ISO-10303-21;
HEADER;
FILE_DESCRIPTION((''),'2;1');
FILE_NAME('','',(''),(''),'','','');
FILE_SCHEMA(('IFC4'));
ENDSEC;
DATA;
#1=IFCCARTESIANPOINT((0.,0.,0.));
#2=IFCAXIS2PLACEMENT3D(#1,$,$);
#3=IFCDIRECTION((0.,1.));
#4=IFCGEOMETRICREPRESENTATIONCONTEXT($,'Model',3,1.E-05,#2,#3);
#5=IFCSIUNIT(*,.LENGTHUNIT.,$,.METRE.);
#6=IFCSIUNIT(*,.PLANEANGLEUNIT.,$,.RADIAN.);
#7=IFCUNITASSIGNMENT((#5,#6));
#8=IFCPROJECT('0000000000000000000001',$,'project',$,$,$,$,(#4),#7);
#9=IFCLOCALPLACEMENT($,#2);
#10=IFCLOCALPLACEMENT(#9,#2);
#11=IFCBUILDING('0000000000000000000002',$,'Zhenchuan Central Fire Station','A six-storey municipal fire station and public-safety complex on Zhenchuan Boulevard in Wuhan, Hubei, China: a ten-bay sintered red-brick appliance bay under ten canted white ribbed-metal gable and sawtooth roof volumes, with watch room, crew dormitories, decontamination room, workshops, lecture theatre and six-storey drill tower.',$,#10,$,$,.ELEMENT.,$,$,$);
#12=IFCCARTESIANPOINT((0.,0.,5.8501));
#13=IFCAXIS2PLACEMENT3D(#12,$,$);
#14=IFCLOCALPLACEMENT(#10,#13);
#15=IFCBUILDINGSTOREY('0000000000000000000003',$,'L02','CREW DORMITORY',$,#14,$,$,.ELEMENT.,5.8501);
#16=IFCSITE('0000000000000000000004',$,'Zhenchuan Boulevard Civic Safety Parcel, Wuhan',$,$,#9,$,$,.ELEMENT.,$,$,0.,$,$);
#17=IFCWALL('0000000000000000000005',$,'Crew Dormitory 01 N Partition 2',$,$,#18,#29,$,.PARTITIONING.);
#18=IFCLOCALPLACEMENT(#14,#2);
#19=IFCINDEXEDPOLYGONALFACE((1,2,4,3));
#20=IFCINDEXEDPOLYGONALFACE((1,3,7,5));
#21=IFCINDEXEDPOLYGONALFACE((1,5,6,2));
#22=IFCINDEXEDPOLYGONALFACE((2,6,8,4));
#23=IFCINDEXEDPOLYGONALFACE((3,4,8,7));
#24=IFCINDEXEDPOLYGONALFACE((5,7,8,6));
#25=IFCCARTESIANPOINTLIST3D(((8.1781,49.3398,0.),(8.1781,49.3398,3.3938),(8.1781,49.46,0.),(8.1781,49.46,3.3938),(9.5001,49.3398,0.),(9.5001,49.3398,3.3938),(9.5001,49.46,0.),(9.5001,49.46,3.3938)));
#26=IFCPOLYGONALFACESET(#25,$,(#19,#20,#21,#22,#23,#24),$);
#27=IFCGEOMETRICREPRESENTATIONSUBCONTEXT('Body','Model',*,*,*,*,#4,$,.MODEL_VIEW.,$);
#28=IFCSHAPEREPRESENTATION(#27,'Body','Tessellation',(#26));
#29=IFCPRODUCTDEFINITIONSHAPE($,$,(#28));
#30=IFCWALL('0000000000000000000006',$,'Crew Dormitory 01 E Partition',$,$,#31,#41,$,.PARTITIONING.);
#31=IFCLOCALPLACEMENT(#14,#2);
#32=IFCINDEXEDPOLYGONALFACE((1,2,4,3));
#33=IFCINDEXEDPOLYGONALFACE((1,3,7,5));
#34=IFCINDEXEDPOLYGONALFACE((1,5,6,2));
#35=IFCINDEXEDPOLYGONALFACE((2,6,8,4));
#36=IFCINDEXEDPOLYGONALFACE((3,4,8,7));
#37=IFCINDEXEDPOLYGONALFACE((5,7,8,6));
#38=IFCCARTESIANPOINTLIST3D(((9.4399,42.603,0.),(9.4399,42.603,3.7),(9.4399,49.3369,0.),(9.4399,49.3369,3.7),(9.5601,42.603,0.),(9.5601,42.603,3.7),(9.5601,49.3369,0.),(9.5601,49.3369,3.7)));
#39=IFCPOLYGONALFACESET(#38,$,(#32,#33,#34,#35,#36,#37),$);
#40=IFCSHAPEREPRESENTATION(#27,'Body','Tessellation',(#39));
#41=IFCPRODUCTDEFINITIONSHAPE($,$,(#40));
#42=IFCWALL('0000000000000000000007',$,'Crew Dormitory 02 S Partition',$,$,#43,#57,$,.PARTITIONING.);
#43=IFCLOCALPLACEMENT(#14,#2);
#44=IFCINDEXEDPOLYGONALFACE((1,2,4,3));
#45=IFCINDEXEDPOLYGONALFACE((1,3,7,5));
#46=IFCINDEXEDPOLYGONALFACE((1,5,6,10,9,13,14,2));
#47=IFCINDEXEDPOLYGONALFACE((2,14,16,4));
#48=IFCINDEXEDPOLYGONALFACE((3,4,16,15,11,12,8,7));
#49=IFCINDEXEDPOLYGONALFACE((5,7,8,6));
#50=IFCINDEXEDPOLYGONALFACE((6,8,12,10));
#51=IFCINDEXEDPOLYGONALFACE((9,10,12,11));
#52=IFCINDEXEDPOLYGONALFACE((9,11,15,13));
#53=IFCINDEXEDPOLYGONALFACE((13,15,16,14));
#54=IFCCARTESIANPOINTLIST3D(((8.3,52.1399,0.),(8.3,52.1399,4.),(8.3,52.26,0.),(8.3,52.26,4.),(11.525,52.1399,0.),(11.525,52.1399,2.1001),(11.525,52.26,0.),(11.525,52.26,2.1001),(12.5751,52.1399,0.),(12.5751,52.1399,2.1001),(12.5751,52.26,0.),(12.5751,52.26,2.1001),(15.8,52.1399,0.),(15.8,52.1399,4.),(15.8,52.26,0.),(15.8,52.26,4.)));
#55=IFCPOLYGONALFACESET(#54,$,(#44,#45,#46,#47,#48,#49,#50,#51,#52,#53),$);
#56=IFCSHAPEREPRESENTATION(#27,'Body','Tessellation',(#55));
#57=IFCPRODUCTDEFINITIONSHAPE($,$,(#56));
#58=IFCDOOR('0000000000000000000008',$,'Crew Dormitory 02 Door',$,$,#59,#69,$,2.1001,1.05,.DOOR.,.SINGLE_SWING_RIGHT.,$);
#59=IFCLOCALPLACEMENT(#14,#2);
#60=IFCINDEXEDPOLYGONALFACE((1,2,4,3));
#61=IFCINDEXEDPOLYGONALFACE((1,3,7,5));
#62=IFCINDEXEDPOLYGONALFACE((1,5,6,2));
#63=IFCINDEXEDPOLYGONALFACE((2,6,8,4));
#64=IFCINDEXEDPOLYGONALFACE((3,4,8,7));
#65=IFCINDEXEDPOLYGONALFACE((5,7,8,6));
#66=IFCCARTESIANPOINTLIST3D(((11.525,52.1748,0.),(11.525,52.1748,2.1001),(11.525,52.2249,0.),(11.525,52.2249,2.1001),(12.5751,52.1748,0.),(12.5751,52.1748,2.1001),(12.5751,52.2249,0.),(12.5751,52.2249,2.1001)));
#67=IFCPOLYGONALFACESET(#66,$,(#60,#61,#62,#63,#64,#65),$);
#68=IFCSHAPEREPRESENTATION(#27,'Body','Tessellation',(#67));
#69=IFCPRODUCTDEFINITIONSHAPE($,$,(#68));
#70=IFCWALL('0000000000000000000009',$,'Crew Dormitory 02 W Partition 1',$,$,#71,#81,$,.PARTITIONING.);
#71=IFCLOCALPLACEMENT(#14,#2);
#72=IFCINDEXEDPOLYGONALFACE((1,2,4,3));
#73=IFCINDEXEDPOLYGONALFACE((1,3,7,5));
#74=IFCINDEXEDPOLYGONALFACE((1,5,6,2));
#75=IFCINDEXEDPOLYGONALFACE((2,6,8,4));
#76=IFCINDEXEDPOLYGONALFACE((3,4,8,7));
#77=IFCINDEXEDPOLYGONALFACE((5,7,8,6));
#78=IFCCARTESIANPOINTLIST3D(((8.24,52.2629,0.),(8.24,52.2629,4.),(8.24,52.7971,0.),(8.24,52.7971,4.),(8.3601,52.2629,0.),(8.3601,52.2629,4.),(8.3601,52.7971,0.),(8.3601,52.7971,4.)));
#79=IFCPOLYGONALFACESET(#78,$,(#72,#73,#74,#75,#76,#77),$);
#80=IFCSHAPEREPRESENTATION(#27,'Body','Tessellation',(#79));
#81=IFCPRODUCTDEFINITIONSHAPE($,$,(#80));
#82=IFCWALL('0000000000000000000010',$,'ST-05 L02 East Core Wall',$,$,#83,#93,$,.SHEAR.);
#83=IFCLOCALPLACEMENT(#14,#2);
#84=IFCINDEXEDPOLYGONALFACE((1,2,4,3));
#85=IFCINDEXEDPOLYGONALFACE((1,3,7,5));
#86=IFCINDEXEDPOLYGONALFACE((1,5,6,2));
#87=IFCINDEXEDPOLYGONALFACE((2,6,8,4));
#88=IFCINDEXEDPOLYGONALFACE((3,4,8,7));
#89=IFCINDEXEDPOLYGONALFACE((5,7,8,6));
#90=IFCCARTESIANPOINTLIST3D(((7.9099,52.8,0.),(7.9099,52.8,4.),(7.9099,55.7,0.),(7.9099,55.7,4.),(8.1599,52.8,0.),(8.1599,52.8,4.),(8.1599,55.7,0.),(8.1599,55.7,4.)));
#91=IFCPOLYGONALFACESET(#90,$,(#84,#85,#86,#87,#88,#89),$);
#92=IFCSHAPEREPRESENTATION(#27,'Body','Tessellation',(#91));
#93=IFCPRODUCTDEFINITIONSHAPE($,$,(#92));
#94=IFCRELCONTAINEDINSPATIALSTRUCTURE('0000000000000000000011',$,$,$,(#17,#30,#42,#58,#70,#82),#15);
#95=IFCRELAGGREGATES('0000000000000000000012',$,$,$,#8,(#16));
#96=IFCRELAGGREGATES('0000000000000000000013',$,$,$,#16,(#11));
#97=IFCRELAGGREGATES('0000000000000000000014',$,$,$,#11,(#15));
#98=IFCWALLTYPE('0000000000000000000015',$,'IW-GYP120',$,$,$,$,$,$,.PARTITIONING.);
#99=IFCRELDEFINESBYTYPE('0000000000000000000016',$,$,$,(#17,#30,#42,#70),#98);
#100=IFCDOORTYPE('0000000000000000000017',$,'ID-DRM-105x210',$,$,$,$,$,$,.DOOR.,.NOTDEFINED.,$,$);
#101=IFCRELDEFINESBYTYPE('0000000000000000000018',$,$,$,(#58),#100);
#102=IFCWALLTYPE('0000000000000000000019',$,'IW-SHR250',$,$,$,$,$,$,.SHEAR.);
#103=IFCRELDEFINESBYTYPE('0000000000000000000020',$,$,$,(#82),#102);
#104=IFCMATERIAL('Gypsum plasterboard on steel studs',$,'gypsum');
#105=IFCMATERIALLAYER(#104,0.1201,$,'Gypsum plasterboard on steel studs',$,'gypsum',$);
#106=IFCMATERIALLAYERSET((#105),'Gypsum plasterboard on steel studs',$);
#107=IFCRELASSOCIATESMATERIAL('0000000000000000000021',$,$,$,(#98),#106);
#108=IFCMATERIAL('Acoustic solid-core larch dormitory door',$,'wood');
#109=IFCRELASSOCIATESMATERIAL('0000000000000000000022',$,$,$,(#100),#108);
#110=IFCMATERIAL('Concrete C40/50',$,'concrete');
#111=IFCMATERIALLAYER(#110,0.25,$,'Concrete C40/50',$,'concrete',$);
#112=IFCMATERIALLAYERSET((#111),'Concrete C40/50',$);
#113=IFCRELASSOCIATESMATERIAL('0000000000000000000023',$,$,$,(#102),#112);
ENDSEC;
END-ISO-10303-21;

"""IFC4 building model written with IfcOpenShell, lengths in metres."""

from ifc_helpers import new_model, si_unit, direction, frame, frame_2d, origin, place, context, subcontext, project, spatial, rectangle, extrude, material, layer, layer_set, type_object, element, fill, save


model = new_model("IFC4")

# Units and contexts
model_context = context("Model", 3, precision=1e-05, world=origin(), true_north=direction((0.0, 1.0)))
body_context = subcontext(model_context, "Body", "Model", "MODEL_VIEW")
ifc_project = project(units=[si_unit("LENGTHUNIT", "METRE"), si_unit("PLANEANGLEUNIT", "RADIAN")], contexts=[model_context])

# Site, building, storey
site_placement = place(None, origin())
site = spatial("IfcSite", under=ifc_project, at=site_placement, Name="Zhenchuan Boulevard Civic Safety Parcel, Wuhan", CompositionType="ELEMENT", RefElevation=0.0)
building_placement = place(site_placement, origin())
building = spatial("IfcBuilding", under=site, at=building_placement, Name="Zhenchuan Central Fire Station", Description="A six-storey municipal fire station and public-safety complex on Zhenchuan Boulevard in Wuhan, Hubei, China: a ten-bay sintered red-brick appliance bay under ten canted white ribbed-metal gable and sawtooth roof volumes, with watch room, crew dormitories, decontamination room, workshops, lecture theatre and six-storey drill tower.", CompositionType="ELEMENT")
storey_placement = place(building_placement, frame((0.0, 0.0, 5.8501)))
storey = spatial("IfcBuildingStorey", under=building, at=storey_placement, Name="L02", Description="CREW DORMITORY", CompositionType="ELEMENT", Elevation=5.8501)

# Walls
ifc_material_1 = material(Name="Gypsum plasterboard on steel studs", Category="gypsum")
ifc_layer_1 = layer(ifc_material_1, 0.1201, Name="Gypsum plasterboard on steel studs", Category="gypsum")
ifc_layer_set_1 = layer_set([ifc_layer_1], Name="Gypsum plasterboard on steel studs")
wall_type_1 = type_object("IfcWallType", Name="IW-GYP120", PredefinedType="PARTITIONING", material=ifc_layer_set_1)
wall_1_placement = place(storey_placement, frame((8.178, 49.3999, 0.0), z_axis=(0.0, 0.0, 1.0), x_axis=(1.0, 0.0, 0.0)))
element("IfcWall", 1, at=wall_1_placement, inside=storey, type_object=wall_type_1, Name="Crew Dormitory 01 N Partition 2", PredefinedType="PARTITIONING", context=body_context, shape_type="SweptSolid", body=[
    extrude(rectangle(XDim=1.322, YDim=0.1201, at=frame_2d((0.6611, 0.0))), origin(), (0.0, 0.0, 1.0), 3.3938),
])
wall_2_placement = place(storey_placement, frame((9.5, 42.603, 0.0), z_axis=(0.0, 0.0, 1.0), x_axis=(0.0, 1.0, 0.0)))
element("IfcWall", 2, at=wall_2_placement, inside=storey, type_object=wall_type_1, Name="Crew Dormitory 01 E Partition", PredefinedType="PARTITIONING", context=body_context, shape_type="SweptSolid", body=[
    extrude(rectangle(XDim=6.7339, YDim=0.1201, at=frame_2d((3.3669, 0.0))), origin(), (0.0, 0.0, 1.0), 3.7),
])

# Wall, opening, door
wall_3_placement = place(storey_placement, frame((8.3, 52.2, 0.0), z_axis=(0.0, 0.0, 1.0), x_axis=(1.0, 0.0, 0.0)))
wall_3 = element("IfcWall", 3, at=wall_3_placement, inside=storey, type_object=wall_type_1, Name="Crew Dormitory 02 S Partition", PredefinedType="PARTITIONING", context=body_context, shape_type="SweptSolid", body=[
    extrude(rectangle(XDim=7.5, YDim=0.1201, at=frame_2d((3.75, 0.0))), origin(), (0.0, 0.0, 1.0), 4.0),
])
opening_1_placement = place(wall_3_placement, frame((3.2251, 0.0, 0.0)))
opening_1 = element("IfcOpeningElement", 4, at=opening_1_placement, cuts=wall_3, PredefinedType="OPENING", context=body_context, shape_type="SweptSolid", body=[
    extrude(rectangle(XDim=1.05, YDim=2.1001, at=frame_2d((0.5249, 1.05))), frame((0.0, 0.0701, 0.0), z_axis=(0.0, -1.0, 0.0), x_axis=(1.0, 0.0, 0.0)), (0.0, 0.0, 1.0), 0.1401),
])
ifc_material_2 = material(Name="Acoustic solid-core larch dormitory door", Category="wood")
door_type_1 = type_object("IfcDoorType", Name="ID-DRM-105x210", OperationType="NOTDEFINED", PredefinedType="DOOR", material=ifc_material_2)
door_1_placement = place(opening_1_placement, origin())
door_1 = element("IfcDoor", 5, at=door_1_placement, inside=storey, type_object=door_type_1, Name="Crew Dormitory 02 Door", OperationType="SINGLE_SWING_RIGHT", OverallHeight=2.1001, OverallWidth=1.05, PredefinedType="DOOR", context=body_context, shape_type="SweptSolid", body=[
    extrude(rectangle(XDim=1.05, YDim=2.1001, at=frame_2d((0.5249, 1.05))), frame((0.0, 0.0249, 0.0), z_axis=(0.0, -1.0, 0.0), x_axis=(1.0, 0.0, 0.0)), (0.0, 0.0, 1.0), 0.05),
])
fill(opening_1, door_1)

# Walls
wall_4_placement = place(storey_placement, frame((8.3, 52.2629, 0.0), z_axis=(0.0, 0.0, 1.0), x_axis=(0.0, 1.0, 0.0)))
element("IfcWall", 6, at=wall_4_placement, inside=storey, type_object=wall_type_1, Name="Crew Dormitory 02 W Partition 1", PredefinedType="PARTITIONING", context=body_context, shape_type="SweptSolid", body=[
    extrude(rectangle(XDim=0.5342, YDim=0.1201, at=frame_2d((0.2671, 0.0))), origin(), (0.0, 0.0, 1.0), 4.0),
])
ifc_material_3 = material(Name="Concrete C40/50", Category="concrete")
ifc_layer_2 = layer(ifc_material_3, 0.25, Name="Concrete C40/50", Category="concrete")
ifc_layer_set_2 = layer_set([ifc_layer_2], Name="Concrete C40/50")
wall_type_2 = type_object("IfcWallType", Name="IW-SHR250", PredefinedType="SHEAR", material=ifc_layer_set_2)
wall_5_placement = place(storey_placement, frame((8.0349, 52.8, 0.0), z_axis=(0.0, 0.0, 1.0), x_axis=(0.0, 1.0, 0.0)))
element("IfcWall", 7, at=wall_5_placement, inside=storey, type_object=wall_type_2, Name="ST-05 L02 East Core Wall", PredefinedType="SHEAR", context=body_context, shape_type="SweptSolid", body=[
    extrude(rectangle(XDim=2.8999, YDim=0.25, at=frame_2d((1.45, 0.0))), origin(), (0.0, 0.0, 1.0), 4.0),
])

save(model, "model.ifc")
